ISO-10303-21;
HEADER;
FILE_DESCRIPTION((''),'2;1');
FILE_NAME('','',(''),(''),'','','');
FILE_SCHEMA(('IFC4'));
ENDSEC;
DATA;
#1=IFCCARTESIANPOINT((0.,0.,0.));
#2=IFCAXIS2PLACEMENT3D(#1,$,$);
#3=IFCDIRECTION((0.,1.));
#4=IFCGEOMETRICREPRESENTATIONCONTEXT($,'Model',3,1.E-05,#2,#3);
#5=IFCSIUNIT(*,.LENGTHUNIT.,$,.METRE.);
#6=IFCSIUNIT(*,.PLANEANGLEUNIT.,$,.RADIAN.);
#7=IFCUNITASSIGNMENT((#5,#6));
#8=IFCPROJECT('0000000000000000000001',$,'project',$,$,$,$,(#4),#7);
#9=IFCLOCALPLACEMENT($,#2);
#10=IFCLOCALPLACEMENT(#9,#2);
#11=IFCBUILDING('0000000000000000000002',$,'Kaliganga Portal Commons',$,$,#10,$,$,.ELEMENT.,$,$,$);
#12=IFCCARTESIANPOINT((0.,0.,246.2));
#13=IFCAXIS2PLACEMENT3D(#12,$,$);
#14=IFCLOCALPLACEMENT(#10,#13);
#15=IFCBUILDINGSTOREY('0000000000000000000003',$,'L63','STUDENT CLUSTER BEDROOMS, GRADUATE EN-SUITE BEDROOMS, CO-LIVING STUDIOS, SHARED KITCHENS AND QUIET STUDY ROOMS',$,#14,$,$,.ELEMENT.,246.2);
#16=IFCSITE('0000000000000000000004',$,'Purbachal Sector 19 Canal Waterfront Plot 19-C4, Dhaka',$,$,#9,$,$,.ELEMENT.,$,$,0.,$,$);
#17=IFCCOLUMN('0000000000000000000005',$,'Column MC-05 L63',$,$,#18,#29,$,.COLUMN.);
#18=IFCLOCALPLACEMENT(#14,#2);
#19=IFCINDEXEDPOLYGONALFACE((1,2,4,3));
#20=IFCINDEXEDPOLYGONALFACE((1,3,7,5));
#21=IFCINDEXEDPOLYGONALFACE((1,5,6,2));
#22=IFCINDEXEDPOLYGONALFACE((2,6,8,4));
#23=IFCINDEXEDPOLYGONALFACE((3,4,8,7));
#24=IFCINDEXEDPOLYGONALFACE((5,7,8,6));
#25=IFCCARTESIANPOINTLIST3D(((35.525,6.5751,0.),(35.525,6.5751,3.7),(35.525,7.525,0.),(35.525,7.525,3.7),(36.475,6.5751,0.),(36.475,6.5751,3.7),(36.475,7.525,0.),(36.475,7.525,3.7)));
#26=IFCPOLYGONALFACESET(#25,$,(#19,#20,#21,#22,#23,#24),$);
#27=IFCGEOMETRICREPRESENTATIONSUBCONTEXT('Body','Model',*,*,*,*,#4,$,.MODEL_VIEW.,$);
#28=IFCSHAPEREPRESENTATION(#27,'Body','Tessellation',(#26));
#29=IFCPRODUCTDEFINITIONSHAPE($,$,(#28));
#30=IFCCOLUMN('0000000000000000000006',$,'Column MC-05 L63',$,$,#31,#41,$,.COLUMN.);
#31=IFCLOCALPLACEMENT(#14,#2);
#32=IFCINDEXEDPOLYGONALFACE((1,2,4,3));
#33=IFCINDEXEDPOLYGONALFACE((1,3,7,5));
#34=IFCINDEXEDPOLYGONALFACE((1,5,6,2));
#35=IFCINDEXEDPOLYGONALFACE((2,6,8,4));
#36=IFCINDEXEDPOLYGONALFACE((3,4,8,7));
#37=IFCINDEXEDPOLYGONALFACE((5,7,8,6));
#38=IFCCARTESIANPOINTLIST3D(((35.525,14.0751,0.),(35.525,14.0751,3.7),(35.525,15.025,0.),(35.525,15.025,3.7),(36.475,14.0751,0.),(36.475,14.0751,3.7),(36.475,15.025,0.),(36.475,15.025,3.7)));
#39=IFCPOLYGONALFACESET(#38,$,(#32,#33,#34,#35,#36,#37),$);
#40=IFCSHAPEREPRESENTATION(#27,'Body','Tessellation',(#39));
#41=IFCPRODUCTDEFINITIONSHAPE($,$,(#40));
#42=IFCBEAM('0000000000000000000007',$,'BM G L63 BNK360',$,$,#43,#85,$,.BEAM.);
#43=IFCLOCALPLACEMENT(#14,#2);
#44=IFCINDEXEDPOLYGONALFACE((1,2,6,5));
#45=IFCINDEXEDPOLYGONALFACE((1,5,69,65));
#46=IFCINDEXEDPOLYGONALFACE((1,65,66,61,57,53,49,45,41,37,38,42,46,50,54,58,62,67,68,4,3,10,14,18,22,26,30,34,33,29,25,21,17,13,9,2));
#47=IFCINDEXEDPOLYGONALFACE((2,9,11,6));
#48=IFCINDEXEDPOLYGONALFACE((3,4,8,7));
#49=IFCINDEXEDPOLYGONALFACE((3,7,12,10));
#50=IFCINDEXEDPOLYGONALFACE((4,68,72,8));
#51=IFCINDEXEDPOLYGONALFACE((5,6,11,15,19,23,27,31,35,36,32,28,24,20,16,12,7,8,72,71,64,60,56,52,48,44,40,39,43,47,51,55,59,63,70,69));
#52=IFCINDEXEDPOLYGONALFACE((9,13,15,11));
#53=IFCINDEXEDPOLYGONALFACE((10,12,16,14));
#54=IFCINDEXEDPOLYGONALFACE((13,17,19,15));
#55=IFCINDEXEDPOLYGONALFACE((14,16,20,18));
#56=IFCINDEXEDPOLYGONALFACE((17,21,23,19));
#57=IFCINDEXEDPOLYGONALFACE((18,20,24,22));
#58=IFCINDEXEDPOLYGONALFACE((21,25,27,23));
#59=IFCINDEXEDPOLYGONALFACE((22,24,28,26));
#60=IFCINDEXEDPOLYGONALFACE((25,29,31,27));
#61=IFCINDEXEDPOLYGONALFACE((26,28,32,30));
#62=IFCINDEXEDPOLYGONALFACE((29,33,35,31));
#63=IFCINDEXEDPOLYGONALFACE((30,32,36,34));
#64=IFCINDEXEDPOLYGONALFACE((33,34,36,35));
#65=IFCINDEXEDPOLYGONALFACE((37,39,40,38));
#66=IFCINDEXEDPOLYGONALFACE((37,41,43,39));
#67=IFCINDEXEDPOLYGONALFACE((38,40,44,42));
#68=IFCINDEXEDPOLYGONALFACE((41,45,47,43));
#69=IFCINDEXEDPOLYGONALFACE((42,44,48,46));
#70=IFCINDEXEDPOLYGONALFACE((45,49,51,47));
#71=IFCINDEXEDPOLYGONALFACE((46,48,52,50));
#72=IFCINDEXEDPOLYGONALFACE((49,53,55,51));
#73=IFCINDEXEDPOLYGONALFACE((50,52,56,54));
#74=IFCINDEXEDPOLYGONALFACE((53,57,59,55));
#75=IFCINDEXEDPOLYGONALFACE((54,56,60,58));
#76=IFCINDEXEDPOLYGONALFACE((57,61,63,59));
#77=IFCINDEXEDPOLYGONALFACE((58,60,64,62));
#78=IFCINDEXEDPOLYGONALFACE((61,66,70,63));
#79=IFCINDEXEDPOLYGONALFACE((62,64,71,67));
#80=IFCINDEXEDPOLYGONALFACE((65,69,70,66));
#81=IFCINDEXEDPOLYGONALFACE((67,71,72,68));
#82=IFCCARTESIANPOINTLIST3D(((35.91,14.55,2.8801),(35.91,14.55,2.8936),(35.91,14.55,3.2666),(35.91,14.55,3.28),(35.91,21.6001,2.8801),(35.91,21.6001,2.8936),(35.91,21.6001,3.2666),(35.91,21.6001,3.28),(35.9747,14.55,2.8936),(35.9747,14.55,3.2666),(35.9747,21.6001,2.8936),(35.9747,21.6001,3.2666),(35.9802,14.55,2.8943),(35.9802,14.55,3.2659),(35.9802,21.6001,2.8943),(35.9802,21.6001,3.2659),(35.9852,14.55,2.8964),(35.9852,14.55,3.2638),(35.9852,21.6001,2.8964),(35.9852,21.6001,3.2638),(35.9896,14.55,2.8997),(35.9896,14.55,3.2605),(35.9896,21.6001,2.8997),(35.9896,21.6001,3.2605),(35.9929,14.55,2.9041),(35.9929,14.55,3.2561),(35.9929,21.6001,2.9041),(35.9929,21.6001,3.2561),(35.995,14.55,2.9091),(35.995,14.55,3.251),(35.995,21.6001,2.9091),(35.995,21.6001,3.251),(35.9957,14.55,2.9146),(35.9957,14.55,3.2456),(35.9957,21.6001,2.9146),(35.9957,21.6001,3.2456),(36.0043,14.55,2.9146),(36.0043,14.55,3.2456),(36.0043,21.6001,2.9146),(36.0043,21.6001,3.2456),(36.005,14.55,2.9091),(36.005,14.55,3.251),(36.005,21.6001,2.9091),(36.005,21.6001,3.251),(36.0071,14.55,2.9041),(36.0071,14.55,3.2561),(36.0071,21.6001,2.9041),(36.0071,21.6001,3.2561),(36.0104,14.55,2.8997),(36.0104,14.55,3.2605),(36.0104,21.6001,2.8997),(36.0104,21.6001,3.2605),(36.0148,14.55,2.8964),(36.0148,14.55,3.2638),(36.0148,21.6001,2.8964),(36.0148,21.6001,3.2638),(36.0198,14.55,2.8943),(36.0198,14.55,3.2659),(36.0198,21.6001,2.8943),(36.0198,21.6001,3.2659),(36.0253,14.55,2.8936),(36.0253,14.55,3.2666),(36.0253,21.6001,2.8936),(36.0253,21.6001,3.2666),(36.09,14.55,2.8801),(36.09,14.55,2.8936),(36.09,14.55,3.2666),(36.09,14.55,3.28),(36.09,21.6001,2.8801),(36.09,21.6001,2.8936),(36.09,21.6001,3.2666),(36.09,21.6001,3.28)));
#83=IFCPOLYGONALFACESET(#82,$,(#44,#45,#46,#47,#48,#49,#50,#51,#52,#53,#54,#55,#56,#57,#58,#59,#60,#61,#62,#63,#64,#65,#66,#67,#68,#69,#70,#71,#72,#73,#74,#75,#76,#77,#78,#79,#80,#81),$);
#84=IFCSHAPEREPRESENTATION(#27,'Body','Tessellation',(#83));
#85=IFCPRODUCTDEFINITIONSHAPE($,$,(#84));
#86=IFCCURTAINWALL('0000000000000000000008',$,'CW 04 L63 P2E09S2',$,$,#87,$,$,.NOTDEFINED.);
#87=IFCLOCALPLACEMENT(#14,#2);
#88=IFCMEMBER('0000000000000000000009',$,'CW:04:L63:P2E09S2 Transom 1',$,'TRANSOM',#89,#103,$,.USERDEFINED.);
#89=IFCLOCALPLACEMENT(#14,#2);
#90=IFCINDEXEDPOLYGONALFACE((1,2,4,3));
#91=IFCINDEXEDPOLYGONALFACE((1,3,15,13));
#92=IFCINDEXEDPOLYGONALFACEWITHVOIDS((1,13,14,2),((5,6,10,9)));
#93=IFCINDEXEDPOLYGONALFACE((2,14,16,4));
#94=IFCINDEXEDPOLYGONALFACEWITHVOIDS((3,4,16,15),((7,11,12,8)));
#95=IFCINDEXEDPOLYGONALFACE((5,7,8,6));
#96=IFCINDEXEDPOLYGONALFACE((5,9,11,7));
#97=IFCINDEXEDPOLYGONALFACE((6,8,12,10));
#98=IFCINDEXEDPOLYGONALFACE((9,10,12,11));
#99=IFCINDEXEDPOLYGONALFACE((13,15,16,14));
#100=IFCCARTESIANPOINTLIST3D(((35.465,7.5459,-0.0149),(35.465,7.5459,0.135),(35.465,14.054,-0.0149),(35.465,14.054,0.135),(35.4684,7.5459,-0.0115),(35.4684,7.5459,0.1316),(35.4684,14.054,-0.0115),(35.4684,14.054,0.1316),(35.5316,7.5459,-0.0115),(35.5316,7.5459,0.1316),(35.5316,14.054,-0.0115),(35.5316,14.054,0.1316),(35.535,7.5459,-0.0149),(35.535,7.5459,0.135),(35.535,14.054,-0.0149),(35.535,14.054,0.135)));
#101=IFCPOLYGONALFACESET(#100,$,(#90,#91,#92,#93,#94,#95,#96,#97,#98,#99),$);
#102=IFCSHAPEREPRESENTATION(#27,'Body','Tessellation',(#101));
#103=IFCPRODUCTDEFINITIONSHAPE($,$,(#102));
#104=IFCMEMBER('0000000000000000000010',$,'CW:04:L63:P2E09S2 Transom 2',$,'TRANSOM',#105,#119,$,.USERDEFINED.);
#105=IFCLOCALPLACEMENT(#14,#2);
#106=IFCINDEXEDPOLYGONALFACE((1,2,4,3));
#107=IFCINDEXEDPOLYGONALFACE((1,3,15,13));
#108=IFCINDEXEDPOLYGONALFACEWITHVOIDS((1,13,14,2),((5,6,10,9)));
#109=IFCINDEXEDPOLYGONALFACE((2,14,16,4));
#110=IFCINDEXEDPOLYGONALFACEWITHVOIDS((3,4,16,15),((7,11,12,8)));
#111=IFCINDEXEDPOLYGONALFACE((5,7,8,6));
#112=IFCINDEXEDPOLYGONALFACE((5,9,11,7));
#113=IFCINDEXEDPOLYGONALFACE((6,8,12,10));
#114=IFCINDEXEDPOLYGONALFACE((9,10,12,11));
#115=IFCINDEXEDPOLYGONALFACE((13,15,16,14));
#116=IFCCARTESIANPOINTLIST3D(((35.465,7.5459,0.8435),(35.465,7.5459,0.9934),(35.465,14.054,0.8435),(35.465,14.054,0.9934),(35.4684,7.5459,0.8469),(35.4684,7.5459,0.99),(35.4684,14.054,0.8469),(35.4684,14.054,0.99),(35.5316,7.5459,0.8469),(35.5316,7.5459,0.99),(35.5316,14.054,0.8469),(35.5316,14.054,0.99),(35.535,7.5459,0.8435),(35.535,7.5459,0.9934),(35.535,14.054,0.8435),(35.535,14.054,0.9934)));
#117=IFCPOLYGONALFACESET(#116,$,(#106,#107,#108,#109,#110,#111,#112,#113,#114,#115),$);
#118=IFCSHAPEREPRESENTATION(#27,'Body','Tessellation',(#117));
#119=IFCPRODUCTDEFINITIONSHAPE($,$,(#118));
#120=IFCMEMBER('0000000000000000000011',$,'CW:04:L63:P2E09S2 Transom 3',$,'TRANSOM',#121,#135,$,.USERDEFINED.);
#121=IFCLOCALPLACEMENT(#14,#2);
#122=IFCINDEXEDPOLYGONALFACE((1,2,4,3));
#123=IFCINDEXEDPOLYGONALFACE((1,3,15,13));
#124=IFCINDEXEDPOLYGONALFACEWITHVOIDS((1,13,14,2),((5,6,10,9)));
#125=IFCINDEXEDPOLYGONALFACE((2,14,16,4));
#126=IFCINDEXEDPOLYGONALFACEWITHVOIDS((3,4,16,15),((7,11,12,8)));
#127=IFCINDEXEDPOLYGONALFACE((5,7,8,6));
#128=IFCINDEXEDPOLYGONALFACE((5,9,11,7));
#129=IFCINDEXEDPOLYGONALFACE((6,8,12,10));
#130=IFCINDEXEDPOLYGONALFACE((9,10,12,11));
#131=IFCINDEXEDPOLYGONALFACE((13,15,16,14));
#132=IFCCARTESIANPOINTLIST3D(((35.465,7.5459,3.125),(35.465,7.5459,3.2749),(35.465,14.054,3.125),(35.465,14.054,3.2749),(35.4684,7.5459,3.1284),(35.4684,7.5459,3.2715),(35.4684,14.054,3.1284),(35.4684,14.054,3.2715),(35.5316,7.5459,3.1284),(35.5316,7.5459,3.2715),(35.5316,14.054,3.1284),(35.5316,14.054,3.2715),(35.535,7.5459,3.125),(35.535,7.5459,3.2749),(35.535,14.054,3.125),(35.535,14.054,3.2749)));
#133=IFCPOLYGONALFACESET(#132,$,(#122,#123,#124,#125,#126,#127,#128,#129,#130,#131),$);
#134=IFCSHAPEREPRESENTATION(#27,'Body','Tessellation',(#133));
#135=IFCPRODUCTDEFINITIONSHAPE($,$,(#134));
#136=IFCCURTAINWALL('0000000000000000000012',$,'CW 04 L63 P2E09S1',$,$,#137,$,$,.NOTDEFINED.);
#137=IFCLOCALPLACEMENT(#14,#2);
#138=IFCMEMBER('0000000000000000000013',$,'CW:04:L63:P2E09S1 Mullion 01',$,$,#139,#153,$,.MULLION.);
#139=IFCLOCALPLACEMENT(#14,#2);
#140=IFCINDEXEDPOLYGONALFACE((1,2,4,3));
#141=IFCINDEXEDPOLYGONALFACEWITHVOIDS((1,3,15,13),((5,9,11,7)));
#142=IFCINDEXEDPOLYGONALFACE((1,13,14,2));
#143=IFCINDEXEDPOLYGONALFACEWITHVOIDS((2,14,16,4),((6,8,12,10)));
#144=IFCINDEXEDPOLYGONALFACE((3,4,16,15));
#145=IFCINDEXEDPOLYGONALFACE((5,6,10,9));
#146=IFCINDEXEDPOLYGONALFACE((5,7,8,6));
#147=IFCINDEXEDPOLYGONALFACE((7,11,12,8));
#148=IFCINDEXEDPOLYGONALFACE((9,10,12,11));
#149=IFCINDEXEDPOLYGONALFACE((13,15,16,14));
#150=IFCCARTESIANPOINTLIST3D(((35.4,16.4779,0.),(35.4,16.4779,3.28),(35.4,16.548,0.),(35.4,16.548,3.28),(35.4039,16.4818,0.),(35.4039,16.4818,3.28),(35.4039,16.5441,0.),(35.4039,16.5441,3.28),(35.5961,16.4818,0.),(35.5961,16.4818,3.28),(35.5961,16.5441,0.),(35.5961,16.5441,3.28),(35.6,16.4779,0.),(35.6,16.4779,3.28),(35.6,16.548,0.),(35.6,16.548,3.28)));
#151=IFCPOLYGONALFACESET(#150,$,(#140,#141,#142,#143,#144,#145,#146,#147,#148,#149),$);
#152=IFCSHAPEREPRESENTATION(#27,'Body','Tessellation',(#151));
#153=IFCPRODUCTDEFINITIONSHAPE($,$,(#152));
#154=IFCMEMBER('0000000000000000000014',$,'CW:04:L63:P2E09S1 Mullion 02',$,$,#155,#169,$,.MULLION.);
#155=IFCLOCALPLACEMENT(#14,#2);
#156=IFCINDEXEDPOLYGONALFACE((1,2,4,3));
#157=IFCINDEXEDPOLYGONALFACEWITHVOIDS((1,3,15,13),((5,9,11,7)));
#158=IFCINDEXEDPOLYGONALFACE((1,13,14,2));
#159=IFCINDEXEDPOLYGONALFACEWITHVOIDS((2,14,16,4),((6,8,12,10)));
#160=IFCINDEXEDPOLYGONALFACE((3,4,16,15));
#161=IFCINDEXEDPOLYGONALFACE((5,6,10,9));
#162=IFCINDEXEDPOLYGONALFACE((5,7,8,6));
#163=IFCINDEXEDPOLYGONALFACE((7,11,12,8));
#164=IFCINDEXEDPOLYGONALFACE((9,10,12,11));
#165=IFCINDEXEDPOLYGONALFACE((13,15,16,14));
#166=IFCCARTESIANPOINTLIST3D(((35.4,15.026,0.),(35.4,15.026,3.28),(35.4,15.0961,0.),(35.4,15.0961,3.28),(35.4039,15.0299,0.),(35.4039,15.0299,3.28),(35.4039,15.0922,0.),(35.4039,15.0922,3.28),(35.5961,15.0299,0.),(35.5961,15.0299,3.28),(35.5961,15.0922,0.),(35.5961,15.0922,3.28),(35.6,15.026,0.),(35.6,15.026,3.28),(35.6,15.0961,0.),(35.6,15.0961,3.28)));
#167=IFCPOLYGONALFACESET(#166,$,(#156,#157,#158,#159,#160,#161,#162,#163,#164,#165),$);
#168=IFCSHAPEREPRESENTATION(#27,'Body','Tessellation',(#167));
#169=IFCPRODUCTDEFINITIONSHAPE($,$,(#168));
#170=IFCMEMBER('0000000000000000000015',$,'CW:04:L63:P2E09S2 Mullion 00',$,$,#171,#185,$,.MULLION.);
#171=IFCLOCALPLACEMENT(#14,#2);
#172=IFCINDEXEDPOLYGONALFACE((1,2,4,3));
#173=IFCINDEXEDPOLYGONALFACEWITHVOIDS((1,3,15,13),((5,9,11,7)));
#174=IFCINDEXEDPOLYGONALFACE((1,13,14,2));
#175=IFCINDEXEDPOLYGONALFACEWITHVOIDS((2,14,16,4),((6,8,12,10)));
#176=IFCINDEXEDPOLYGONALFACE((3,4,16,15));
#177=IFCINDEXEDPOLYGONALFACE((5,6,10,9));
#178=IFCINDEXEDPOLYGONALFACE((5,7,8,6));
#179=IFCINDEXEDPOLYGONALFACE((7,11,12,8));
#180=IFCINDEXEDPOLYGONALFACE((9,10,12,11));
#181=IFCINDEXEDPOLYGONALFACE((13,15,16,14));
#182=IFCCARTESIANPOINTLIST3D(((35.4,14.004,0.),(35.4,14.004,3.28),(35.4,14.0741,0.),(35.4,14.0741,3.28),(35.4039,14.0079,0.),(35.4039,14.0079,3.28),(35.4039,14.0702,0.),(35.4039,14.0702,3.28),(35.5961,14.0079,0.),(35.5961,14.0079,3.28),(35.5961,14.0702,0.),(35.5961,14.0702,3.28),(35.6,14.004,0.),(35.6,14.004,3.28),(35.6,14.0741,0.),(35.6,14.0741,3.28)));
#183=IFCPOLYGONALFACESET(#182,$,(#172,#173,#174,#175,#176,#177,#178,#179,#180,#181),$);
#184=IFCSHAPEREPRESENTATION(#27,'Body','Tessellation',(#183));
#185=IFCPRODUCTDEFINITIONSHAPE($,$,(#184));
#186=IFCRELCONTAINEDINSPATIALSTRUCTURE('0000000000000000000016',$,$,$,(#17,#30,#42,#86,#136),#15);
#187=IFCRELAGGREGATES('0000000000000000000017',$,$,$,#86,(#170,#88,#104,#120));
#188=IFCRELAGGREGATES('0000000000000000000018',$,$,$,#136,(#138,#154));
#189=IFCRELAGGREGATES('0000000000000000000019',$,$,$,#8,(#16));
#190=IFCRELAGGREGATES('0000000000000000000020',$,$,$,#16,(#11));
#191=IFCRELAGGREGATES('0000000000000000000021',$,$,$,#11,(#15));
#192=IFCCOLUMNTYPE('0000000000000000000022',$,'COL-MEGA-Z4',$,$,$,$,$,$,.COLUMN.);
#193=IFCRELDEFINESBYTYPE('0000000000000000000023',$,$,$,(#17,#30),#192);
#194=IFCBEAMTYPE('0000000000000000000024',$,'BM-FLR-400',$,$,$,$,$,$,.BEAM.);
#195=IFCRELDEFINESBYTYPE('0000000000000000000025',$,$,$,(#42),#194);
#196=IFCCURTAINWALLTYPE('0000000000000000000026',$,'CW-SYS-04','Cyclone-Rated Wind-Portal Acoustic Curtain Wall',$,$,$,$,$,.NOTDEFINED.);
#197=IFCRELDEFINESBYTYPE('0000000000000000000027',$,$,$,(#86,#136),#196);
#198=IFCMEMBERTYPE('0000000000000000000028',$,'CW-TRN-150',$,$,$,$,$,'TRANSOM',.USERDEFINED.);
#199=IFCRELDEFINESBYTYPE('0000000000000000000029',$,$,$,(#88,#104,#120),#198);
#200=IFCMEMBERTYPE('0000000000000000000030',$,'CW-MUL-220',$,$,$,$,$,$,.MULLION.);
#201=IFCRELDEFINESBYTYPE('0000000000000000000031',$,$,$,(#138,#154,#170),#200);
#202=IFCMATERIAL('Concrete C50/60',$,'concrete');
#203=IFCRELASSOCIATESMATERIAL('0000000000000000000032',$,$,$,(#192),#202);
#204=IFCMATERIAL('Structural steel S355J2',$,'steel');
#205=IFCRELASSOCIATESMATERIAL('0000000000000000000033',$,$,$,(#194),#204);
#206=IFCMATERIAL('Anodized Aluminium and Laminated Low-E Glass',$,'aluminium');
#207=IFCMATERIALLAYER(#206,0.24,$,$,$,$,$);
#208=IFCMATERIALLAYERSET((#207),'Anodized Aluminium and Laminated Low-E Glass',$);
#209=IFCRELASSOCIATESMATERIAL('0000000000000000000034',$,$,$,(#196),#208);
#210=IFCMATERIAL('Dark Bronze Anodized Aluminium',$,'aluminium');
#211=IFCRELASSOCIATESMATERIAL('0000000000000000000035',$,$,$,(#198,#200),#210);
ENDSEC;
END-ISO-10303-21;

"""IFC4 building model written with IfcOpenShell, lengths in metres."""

from ifc_helpers import new_model, si_unit, direction, frame, origin, origin_2d, place, context, subcontext, project, spatial, rectangle, hollow_rectangle, i_section, extrude, source, transform, mapped, material, layer, layer_set, material_profile, profile_set, type_object, element, aggregate, save


model = new_model("IFC4")

# Units and contexts
model_context = context("Model", 3, precision=1e-05, world=origin(), true_north=direction((0.0, 1.0)))
body_context = subcontext(model_context, "Body", "Model", "MODEL_VIEW")
ifc_project = project(units=[si_unit("LENGTHUNIT", "METRE"), si_unit("PLANEANGLEUNIT", "RADIAN")], contexts=[model_context])

# Site, building, storey
site_placement = place(None, origin())
site = spatial("IfcSite", under=ifc_project, at=site_placement, Name="Purbachal Sector 19 Canal Waterfront Plot 19-C4, Dhaka", CompositionType="ELEMENT", RefElevation=0.0)
building_placement = place(site_placement, origin())
building = spatial("IfcBuilding", under=site, at=building_placement, Name="Kaliganga Portal Commons", CompositionType="ELEMENT")
storey_placement = place(building_placement, frame((0.0, 0.0, 246.2)))
storey = spatial("IfcBuildingStorey", under=building, at=storey_placement, Name="L63", Description="STUDENT CLUSTER BEDROOMS, GRADUATE EN-SUITE BEDROOMS, CO-LIVING STUDIOS, SHARED KITCHENS AND QUIET STUDY ROOMS", CompositionType="ELEMENT", Elevation=246.2)

# Columns
ifc_material_1 = material(Name="Concrete C50/60", Category="concrete")
ifc_material_profile_1 = material_profile(ifc_material_1, rectangle(XDim=0.95, YDim=0.95, at=origin_2d()), Name="RC 950x950")
ifc_profile_set_1 = profile_set([ifc_material_profile_1], Name="Concrete C50/60")
column_type = type_object("IfcColumnType", Name="COL-MEGA-Z4", PredefinedType="COLUMN", material=ifc_profile_set_1)
shared_shape_1 = source(origin(), body_context, "Body", "SweptSolid", [
    extrude(rectangle(XDim=0.95, YDim=0.95, at=origin_2d()), origin(), (0.0, 0.0, 1.0), 3.7),
])
for number, where, z_axis, x_axis, name in (
    (1, (36.0, 7.05, 0.0), (0.0, 0.0, 1.0), (1.0, 0.0, 0.0), "Column MC-05 L63"),
    (2, (36.0, 14.55, 0.0), (0.0, 0.0, 1.0), (1.0, 0.0, 0.0), "Column MC-05 L63"),
):
    element("IfcColumn", number, at=place(storey_placement, frame(where, z_axis=z_axis, x_axis=x_axis)), inside=storey, type_object=column_type, Name=name, PredefinedType="COLUMN", context=body_context, shape_type="MappedRepresentation", body=[
        mapped(shared_shape_1, transform((0.0, 0.0, 0.0), x_axis=(1.0, 0.0, 0.0), y_axis=(0.0, 1.0, 0.0), z_axis=(0.0, 0.0, 1.0), scale=1.0)),
    ])

# Beam
ifc_material_2 = material(Name="Structural steel S355J2", Category="steel")
ifc_material_profile_2 = material_profile(ifc_material_2, i_section(OverallWidth=0.1799, OverallDepth=0.3999, WebThickness=0.0085, FlangeThickness=0.0134, FilletRadius=0.021, at=origin_2d()), Name="IPE 400")
ifc_profile_set_2 = profile_set([ifc_material_profile_2], Name="Structural steel S355J2 wide-flange")
beam_type = type_object("IfcBeamType", Name="BM-FLR-400", PredefinedType="BEAM", material=ifc_profile_set_2)
shared_shape_2 = source(origin(), body_context, "Body", "SweptSolid", [
    extrude(i_section(OverallWidth=0.1799, OverallDepth=0.3999, WebThickness=0.0085, FlangeThickness=0.0134, FilletRadius=0.021, at=origin_2d()), origin(), (0.0, 0.0, 1.0), 7.05),
])
beam_placement = place(storey_placement, frame((36.0, 14.55, 3.0801), z_axis=(0.0, 1.0, 0.0), x_axis=(-1.0, 0.0, 0.0)))
element("IfcBeam", 3, at=beam_placement, inside=storey, type_object=beam_type, Name="BM G L63 BNK360", PredefinedType="BEAM", context=body_context, shape_type="MappedRepresentation", body=[
    mapped(shared_shape_2, transform((0.0, 0.0, 0.0), x_axis=(1.0, 0.0, 0.0), y_axis=(0.0, 1.0, 0.0), z_axis=(0.0, 0.0, 1.0), scale=1.0)),
])

# Curtain walls, members
ifc_material_3 = material(Name="Anodized Aluminium and Laminated Low-E Glass", Category="aluminium")
ifc_layer_1 = layer(ifc_material_3, 0.24)
ifc_layer_set_1 = layer_set([ifc_layer_1], Name="Anodized Aluminium and Laminated Low-E Glass")
curtain_wall_type = type_object("IfcCurtainWallType", Name="CW-SYS-04", Description="Cyclone-Rated Wind-Portal Acoustic Curtain Wall", PredefinedType="NOTDEFINED", material=ifc_layer_set_1)
curtain_wall_1_placement = place(storey_placement, origin())
curtain_wall_1 = element("IfcCurtainWall", 4, at=curtain_wall_1_placement, inside=storey, type_object=curtain_wall_type, Name="CW 04 L63 P2E09S2", PredefinedType="NOTDEFINED")
ifc_material_4 = material(Name="Dark Bronze Anodized Aluminium", Category="aluminium")
ifc_material_profile_3 = material_profile(ifc_material_4, hollow_rectangle(XDim=0.0701, YDim=0.1499, WallThickness=0.0034, at=origin_2d()), Name="ALU TRAN 70x150x3.5")
ifc_profile_set_3 = profile_set([ifc_material_profile_3], Name="Dark Bronze Anodized Aluminium")
member_type_1 = type_object("IfcMemberType", Name="CW-TRN-150", ElementType="TRANSOM", PredefinedType="USERDEFINED", material=ifc_profile_set_3)
shared_shape_3 = source(origin(), body_context, "Body", "SweptSolid", [
    extrude(hollow_rectangle(XDim=0.0701, YDim=0.1499, WallThickness=0.0034, at=origin_2d()), origin(), (0.0, 0.0, 1.0), 6.5081),
])
member_1_placement = place(storey_placement, frame((35.5, 14.054, 0.0601), z_axis=(0.0, -1.0, 0.0), x_axis=(1.0, 0.0, 0.0)))
member_1 = element("IfcMember", 5, at=member_1_placement, type_object=member_type_1, Name="CW:04:L63:P2E09S2 Transom 1", ObjectType="TRANSOM", PredefinedType="USERDEFINED", context=body_context, shape_type="MappedRepresentation", body=[
    mapped(shared_shape_3, transform((0.0, 0.0, 0.0), x_axis=(1.0, 0.0, 0.0), y_axis=(0.0, 1.0, 0.0), z_axis=(0.0, 0.0, 1.0), scale=1.0)),
])
member_2_placement = place(storey_placement, frame((35.5, 14.054, 0.9185), z_axis=(0.0, -1.0, 0.0), x_axis=(1.0, 0.0, 0.0)))
member_2 = element("IfcMember", 6, at=member_2_placement, type_object=member_type_1, Name="CW:04:L63:P2E09S2 Transom 2", ObjectType="TRANSOM", PredefinedType="USERDEFINED", context=body_context, shape_type="MappedRepresentation", body=[
    mapped(shared_shape_3, transform((0.0, 0.0, 0.0), x_axis=(1.0, 0.0, 0.0), y_axis=(0.0, 1.0, 0.0), z_axis=(0.0, 0.0, 1.0), scale=1.0)),
])
member_3_placement = place(storey_placement, frame((35.5, 14.054, 3.2), z_axis=(0.0, -1.0, 0.0), x_axis=(1.0, 0.0, 0.0)))
member_3 = element("IfcMember", 7, at=member_3_placement, type_object=member_type_1, Name="CW:04:L63:P2E09S2 Transom 3", ObjectType="TRANSOM", PredefinedType="USERDEFINED", context=body_context, shape_type="MappedRepresentation", body=[
    mapped(shared_shape_3, transform((0.0, 0.0, 0.0), x_axis=(1.0, 0.0, 0.0), y_axis=(0.0, 1.0, 0.0), z_axis=(0.0, 0.0, 1.0), scale=1.0)),
])
curtain_wall_2_placement = place(storey_placement, origin())
curtain_wall_2 = element("IfcCurtainWall", 8, at=curtain_wall_2_placement, inside=storey, type_object=curtain_wall_type, Name="CW 04 L63 P2E09S1", PredefinedType="NOTDEFINED")
ifc_material_profile_4 = material_profile(ifc_material_4, hollow_rectangle(XDim=0.0701, YDim=0.2, WallThickness=0.0039, at=origin_2d()), Name="ALU MULL 70x200x4")
ifc_profile_set_4 = profile_set([ifc_material_profile_4], Name="Dark Bronze Anodized Aluminium")
member_type_2 = type_object("IfcMemberType", Name="CW-MUL-220", PredefinedType="MULLION", material=ifc_profile_set_4)
shared_shape_4 = source(origin(), body_context, "Body", "SweptSolid", [
    extrude(hollow_rectangle(XDim=0.0701, YDim=0.2, WallThickness=0.0039, at=origin_2d()), origin(), (0.0, 0.0, 1.0), 3.28),
])
member_4_placement = place(storey_placement, frame((35.5, 16.5129, 0.0), z_axis=(0.0, 0.0, 1.0), x_axis=(0.0, -1.0, 0.0)))
member_4 = element("IfcMember", 9, at=member_4_placement, type_object=member_type_2, Name="CW:04:L63:P2E09S1 Mullion 01", PredefinedType="MULLION", context=body_context, shape_type="MappedRepresentation", body=[
    mapped(shared_shape_4, transform((0.0, 0.0, 0.0), x_axis=(1.0, 0.0, 0.0), y_axis=(0.0, 1.0, 0.0), z_axis=(0.0, 0.0, 1.0), scale=1.0)),
])
member_5_placement = place(storey_placement, frame((35.5, 15.061, 0.0), z_axis=(0.0, 0.0, 1.0), x_axis=(0.0, -1.0, 0.0)))
member_5 = element("IfcMember", 10, at=member_5_placement, type_object=member_type_2, Name="CW:04:L63:P2E09S1 Mullion 02", PredefinedType="MULLION", context=body_context, shape_type="MappedRepresentation", body=[
    mapped(shared_shape_4, transform((0.0, 0.0, 0.0), x_axis=(1.0, 0.0, 0.0), y_axis=(0.0, 1.0, 0.0), z_axis=(0.0, 0.0, 1.0), scale=1.0)),
])

# Member
member_6_placement = place(storey_placement, frame((35.5, 14.0391, 0.0), z_axis=(0.0, 0.0, 1.0), x_axis=(0.0, -1.0, 0.0)))
member_6 = element("IfcMember", 11, at=member_6_placement, type_object=member_type_2, Name="CW:04:L63:P2E09S2 Mullion 00", PredefinedType="MULLION", context=body_context, shape_type="MappedRepresentation", body=[
    mapped(shared_shape_4, transform((0.0, 0.0, 0.0), x_axis=(1.0, 0.0, 0.0), y_axis=(0.0, 1.0, 0.0), z_axis=(0.0, 0.0, 1.0), scale=1.0)),
])

aggregate(curtain_wall_1, [member_6, member_1, member_2, member_3])
aggregate(curtain_wall_2, [member_4, member_5])

save(model, "model.ifc")
